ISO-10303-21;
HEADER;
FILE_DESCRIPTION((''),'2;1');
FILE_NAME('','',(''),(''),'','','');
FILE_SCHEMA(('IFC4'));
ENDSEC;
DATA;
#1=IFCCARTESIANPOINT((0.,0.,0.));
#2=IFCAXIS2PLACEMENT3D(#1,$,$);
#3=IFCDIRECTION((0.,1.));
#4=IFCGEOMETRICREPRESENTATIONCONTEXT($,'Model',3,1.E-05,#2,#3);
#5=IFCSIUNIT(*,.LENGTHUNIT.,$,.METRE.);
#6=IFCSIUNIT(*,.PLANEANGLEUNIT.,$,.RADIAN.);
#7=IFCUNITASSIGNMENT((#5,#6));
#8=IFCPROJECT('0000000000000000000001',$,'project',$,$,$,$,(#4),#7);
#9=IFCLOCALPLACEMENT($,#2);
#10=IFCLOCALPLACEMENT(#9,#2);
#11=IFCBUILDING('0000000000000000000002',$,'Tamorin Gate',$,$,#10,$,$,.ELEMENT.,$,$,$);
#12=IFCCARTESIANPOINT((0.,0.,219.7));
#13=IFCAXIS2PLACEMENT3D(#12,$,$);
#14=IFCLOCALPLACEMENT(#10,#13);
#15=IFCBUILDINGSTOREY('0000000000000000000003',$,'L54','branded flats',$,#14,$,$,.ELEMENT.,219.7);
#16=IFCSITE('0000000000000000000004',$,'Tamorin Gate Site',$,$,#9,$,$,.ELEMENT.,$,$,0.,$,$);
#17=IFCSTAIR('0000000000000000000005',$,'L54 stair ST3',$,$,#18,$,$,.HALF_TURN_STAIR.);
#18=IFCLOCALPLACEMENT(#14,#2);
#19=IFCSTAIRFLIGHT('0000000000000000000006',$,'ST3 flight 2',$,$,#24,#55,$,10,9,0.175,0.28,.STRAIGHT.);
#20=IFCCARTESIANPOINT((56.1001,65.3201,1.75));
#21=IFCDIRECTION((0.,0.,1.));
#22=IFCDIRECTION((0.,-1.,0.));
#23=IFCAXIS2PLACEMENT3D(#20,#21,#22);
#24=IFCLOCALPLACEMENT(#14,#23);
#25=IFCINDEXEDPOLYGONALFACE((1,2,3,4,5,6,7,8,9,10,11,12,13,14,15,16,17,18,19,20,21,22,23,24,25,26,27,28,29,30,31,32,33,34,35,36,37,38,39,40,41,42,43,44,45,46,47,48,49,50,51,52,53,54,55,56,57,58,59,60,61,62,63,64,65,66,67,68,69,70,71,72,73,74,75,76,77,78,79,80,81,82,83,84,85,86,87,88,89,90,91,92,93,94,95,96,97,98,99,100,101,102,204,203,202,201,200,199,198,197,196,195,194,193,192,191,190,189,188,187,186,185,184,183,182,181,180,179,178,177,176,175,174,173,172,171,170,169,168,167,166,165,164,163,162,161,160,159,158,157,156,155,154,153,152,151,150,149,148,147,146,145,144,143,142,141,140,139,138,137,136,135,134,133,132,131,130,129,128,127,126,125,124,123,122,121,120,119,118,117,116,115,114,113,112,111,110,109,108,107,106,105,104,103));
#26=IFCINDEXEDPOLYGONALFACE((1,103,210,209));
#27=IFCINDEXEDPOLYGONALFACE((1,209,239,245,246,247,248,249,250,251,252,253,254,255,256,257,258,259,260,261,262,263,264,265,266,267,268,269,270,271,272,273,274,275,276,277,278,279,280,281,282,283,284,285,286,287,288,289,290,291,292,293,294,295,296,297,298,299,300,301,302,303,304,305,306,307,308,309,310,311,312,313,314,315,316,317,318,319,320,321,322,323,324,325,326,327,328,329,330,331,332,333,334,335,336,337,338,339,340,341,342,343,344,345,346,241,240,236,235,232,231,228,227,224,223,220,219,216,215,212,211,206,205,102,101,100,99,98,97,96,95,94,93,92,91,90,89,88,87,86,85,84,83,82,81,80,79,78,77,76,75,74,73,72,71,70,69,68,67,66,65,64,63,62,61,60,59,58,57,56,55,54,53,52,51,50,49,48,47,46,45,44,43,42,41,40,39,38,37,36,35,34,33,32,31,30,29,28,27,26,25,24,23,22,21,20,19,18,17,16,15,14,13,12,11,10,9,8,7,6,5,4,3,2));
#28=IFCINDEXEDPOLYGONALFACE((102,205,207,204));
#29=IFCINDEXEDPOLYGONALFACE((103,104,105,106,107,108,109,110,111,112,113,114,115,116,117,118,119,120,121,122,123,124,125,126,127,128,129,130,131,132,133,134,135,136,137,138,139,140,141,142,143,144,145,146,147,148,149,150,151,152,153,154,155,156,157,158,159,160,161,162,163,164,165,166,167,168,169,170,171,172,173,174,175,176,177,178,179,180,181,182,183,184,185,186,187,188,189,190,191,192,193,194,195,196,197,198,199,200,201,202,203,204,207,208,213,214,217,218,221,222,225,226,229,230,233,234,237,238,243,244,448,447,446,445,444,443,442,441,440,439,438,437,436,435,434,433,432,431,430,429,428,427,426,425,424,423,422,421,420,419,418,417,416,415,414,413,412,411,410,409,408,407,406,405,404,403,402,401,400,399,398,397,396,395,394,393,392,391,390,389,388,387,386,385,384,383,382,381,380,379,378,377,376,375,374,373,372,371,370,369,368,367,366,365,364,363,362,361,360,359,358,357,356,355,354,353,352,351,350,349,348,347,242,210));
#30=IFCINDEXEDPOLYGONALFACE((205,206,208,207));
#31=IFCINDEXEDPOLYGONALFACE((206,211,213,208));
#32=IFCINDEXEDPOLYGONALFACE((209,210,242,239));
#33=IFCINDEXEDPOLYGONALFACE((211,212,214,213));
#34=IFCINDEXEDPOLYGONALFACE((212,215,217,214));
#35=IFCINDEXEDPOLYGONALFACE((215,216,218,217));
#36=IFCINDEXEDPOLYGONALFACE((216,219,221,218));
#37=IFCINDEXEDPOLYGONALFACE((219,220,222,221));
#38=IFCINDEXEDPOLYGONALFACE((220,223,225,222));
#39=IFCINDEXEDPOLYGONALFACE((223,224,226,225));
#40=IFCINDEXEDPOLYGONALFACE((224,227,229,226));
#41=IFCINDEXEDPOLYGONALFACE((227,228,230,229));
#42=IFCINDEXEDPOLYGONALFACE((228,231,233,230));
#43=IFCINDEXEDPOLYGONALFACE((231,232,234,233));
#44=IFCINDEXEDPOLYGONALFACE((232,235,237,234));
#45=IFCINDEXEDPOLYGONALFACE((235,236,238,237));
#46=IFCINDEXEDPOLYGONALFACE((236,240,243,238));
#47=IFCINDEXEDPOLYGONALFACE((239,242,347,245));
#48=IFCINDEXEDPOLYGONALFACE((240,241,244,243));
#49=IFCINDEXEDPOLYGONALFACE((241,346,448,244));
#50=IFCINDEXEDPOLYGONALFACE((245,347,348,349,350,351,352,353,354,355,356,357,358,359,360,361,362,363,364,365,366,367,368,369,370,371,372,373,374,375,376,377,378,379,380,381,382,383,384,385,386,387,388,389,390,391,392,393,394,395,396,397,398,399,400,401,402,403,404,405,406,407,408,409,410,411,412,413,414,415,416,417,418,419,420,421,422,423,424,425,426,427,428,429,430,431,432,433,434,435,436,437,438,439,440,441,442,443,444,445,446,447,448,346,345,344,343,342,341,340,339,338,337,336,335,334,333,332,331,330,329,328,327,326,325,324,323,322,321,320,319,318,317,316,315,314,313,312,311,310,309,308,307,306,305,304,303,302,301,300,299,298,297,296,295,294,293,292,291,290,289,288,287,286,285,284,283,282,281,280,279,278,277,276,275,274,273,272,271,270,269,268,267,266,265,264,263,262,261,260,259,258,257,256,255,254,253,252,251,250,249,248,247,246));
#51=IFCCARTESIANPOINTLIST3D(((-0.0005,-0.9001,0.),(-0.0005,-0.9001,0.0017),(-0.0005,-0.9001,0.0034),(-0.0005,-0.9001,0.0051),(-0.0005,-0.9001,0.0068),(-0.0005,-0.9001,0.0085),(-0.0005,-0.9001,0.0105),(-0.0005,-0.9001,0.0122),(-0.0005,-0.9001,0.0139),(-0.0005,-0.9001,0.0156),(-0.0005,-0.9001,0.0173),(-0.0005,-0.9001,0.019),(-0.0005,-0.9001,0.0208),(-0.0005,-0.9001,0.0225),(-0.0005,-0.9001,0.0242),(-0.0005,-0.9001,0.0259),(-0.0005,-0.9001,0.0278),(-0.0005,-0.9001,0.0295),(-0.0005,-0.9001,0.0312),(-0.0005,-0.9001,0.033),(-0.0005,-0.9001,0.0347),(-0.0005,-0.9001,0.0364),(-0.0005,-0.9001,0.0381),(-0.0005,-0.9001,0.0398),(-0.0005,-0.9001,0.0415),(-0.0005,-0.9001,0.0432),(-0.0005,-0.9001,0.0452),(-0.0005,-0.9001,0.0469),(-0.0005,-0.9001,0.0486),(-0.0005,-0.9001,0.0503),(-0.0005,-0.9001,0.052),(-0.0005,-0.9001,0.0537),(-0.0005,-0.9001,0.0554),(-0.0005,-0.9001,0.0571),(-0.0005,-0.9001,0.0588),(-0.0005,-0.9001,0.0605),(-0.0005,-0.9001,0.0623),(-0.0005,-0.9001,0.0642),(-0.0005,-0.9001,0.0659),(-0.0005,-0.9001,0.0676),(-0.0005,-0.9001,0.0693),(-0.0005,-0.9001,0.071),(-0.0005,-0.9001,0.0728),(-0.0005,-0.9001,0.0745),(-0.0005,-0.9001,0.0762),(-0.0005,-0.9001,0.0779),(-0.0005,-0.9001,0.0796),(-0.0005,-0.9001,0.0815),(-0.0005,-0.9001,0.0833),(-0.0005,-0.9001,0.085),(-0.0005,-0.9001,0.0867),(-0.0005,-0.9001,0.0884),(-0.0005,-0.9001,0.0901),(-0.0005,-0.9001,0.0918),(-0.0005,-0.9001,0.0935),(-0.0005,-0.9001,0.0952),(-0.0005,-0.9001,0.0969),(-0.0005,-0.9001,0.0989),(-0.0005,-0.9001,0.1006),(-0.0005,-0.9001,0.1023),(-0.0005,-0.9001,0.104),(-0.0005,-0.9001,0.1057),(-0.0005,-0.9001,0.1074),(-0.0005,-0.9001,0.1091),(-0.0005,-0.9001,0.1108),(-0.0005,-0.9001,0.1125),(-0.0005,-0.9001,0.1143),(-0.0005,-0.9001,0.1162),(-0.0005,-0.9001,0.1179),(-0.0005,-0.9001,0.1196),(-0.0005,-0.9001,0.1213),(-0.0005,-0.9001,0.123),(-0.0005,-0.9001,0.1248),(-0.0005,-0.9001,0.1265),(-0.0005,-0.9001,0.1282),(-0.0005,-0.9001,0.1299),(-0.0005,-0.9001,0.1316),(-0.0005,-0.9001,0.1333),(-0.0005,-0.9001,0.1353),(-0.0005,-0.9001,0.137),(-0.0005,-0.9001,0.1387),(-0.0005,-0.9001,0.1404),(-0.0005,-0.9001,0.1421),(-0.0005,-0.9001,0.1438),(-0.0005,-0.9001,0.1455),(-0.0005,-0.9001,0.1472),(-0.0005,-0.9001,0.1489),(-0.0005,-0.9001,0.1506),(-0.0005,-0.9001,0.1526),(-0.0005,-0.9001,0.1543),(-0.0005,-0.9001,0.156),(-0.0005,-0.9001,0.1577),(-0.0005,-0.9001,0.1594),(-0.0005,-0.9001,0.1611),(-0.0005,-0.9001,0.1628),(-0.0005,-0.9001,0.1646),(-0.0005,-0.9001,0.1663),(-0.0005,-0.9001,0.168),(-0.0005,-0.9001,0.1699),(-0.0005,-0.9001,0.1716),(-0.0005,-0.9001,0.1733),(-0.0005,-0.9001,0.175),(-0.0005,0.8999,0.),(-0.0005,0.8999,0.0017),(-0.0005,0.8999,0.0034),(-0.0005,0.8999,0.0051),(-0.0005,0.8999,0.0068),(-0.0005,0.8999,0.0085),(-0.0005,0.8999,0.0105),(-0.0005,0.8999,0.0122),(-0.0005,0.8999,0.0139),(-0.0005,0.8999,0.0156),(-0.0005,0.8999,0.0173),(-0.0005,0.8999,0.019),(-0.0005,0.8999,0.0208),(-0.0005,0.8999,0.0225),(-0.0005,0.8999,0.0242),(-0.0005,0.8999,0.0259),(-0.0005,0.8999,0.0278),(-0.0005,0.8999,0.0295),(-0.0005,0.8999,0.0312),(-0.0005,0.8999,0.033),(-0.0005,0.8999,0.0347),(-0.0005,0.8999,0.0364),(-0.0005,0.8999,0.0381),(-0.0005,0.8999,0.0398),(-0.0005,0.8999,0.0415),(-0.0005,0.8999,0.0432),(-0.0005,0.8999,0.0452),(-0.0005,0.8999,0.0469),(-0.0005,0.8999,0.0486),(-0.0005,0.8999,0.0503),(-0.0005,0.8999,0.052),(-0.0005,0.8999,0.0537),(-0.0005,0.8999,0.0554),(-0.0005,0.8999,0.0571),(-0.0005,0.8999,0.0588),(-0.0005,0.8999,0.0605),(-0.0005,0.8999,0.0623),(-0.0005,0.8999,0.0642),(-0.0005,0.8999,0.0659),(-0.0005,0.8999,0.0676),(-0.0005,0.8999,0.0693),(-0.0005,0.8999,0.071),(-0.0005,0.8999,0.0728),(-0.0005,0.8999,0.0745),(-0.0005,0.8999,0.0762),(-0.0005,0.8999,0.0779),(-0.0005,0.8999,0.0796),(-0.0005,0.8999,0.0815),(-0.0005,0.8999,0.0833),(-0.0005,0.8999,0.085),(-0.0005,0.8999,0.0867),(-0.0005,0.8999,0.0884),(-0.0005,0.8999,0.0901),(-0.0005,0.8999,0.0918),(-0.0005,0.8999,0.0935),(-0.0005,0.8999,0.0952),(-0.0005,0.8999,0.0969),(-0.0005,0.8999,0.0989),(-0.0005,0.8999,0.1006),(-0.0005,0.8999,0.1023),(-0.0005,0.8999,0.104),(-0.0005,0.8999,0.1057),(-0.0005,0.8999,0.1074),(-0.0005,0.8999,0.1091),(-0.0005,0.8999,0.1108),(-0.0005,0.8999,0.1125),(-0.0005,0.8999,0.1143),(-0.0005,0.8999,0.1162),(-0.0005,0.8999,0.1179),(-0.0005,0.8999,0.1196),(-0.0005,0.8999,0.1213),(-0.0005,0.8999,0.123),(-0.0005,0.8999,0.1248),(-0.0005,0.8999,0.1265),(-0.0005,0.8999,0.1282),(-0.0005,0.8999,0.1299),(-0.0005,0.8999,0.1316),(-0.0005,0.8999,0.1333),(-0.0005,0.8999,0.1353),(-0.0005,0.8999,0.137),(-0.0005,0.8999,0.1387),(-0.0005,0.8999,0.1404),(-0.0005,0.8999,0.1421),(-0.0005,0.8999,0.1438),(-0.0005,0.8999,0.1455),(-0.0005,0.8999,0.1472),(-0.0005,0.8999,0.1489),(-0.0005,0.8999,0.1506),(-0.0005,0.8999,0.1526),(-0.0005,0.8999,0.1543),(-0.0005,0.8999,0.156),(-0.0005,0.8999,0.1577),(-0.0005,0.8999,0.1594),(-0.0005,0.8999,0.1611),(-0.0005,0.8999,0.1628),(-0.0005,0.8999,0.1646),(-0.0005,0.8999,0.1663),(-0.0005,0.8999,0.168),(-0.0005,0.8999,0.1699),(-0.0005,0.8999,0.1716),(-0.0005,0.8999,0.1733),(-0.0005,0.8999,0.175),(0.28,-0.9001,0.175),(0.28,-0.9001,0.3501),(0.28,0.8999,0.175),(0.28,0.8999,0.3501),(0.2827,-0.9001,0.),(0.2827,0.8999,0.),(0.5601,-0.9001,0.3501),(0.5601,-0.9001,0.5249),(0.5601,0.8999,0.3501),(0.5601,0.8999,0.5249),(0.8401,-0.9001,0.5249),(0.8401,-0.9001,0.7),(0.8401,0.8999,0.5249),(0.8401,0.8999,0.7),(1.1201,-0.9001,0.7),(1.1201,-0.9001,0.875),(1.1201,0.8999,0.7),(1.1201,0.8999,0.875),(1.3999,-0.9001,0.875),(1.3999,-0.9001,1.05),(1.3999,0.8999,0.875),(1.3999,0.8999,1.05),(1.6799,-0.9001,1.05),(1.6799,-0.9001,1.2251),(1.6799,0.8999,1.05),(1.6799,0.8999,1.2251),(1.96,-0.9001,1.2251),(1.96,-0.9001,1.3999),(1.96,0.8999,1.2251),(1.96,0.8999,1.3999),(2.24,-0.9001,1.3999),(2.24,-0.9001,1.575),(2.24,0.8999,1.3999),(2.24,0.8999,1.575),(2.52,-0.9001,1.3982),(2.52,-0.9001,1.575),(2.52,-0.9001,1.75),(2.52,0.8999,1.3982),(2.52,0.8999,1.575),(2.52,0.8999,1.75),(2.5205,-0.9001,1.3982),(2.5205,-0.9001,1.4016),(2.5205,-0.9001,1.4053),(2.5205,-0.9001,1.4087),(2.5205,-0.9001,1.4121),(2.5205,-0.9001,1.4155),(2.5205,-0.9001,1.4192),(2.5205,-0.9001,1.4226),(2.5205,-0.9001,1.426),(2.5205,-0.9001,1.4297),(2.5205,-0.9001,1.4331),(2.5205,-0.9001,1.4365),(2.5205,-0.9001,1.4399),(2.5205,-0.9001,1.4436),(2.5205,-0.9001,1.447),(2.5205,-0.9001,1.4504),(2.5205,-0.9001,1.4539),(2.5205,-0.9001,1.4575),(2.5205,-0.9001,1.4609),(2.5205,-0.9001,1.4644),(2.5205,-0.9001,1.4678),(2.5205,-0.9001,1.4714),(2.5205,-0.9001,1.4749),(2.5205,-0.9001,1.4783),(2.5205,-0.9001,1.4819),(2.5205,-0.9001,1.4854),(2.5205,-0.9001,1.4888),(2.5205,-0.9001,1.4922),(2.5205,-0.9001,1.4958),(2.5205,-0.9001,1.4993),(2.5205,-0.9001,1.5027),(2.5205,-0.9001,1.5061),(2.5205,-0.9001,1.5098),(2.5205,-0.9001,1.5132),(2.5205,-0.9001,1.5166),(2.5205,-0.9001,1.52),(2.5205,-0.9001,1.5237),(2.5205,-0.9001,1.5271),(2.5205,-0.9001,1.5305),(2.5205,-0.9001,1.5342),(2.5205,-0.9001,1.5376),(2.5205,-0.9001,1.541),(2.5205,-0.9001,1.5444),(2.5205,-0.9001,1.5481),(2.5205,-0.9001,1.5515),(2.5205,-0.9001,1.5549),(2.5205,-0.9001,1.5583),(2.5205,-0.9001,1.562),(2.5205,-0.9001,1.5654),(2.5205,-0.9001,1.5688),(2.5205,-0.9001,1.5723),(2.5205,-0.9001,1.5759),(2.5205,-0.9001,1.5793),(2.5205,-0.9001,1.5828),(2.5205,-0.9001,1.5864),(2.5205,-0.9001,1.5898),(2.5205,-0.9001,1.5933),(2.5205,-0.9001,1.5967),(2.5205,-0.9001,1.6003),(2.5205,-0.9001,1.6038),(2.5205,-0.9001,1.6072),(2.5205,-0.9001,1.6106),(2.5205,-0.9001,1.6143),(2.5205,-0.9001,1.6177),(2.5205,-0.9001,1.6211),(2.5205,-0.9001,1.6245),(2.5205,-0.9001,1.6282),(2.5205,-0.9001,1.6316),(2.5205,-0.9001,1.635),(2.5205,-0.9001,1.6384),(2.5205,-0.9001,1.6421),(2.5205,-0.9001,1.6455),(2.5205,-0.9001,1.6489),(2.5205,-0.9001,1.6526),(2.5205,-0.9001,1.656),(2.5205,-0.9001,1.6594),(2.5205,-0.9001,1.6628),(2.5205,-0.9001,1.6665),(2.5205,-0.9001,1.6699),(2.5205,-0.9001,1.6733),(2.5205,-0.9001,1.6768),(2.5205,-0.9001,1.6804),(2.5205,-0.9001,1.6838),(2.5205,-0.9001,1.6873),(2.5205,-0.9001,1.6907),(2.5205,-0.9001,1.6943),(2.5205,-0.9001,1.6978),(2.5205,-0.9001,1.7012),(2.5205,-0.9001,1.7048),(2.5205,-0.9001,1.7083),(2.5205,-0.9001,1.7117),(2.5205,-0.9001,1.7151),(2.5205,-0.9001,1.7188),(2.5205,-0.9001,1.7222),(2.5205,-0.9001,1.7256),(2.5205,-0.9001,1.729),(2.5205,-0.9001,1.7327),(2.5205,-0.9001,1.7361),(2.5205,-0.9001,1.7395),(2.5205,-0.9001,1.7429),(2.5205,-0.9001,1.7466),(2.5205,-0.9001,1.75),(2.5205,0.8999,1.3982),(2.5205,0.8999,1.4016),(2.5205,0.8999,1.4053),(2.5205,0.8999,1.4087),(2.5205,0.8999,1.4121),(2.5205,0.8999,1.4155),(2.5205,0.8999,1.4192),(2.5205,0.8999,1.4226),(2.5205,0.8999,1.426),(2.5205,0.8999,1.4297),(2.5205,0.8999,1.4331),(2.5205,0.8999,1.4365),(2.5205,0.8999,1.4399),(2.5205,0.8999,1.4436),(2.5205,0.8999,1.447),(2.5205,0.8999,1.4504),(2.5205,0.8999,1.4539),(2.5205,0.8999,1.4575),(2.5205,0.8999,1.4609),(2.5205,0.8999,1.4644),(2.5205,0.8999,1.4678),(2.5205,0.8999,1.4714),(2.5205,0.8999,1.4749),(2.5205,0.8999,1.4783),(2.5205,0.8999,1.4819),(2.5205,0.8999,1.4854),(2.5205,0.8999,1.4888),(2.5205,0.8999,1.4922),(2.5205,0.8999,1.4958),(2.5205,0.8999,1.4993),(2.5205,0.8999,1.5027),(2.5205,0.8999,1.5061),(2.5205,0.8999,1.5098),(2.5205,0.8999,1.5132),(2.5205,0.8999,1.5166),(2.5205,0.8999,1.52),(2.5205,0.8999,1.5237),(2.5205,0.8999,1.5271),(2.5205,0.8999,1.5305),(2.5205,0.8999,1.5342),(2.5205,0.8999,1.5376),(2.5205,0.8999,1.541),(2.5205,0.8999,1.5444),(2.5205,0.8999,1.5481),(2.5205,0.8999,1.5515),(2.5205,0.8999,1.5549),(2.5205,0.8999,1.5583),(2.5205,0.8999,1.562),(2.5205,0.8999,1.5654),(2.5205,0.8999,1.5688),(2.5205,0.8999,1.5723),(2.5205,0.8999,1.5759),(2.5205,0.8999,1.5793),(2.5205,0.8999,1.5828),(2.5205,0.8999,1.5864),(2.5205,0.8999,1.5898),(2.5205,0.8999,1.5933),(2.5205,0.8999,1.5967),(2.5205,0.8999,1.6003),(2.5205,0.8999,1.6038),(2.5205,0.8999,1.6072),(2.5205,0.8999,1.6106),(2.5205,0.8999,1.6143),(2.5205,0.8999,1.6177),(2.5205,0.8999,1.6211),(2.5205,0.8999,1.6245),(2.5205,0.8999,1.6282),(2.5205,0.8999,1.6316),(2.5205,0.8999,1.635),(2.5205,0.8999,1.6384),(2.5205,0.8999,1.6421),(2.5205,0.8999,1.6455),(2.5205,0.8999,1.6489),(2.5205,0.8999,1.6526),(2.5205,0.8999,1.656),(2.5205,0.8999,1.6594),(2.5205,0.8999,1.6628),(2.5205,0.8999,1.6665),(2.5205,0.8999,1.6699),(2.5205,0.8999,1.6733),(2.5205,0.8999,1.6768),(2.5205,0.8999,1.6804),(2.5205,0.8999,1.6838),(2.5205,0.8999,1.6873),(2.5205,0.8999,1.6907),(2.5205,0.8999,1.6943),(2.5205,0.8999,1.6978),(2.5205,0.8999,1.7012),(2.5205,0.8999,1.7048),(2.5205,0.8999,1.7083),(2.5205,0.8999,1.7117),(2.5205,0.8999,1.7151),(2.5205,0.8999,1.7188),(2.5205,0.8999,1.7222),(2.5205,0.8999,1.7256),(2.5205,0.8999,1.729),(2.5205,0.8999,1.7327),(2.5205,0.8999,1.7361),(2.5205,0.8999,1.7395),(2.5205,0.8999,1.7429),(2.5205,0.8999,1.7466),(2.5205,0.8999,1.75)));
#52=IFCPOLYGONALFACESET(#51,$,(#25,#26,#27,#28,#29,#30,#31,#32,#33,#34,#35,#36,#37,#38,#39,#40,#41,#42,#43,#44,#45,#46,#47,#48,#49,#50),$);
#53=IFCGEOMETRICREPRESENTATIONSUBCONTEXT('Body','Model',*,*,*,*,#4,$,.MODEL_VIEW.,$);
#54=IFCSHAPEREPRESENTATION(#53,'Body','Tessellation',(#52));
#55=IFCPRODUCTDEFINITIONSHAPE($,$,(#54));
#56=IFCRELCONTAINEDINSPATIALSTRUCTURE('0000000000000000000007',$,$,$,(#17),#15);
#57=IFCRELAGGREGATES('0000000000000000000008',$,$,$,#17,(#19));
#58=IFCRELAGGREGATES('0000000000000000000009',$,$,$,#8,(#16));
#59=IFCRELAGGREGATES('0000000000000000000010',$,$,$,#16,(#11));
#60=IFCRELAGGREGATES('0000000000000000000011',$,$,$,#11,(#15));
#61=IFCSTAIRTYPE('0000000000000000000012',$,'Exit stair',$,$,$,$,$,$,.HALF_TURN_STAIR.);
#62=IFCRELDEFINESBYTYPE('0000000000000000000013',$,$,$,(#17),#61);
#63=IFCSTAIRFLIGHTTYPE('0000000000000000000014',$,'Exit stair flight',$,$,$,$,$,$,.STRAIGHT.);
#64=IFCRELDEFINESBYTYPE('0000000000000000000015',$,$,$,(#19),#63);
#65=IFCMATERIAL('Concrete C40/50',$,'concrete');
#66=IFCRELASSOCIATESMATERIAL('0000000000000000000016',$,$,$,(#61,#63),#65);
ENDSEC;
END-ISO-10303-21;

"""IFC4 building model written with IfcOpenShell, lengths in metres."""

from ifc_helpers import new_model, si_unit, direction, frame, origin, place, context, subcontext, project, spatial, polyline, outline, extrude, material, type_object, element, aggregate, save


model = new_model("IFC4")

# Units and contexts
model_context = context("Model", 3, precision=1e-05, world=origin(), true_north=direction((0.0, 1.0)))
body_context = subcontext(model_context, "Body", "Model", "MODEL_VIEW")
ifc_project = project(units=[si_unit("LENGTHUNIT", "METRE"), si_unit("PLANEANGLEUNIT", "RADIAN")], contexts=[model_context])

# Site, building, storey
site_placement = place(None, origin())
site = spatial("IfcSite", under=ifc_project, at=site_placement, Name="Tamorin Gate Site", CompositionType="ELEMENT", RefElevation=0.0)
building_placement = place(site_placement, origin())
building = spatial("IfcBuilding", under=site, at=building_placement, Name="Tamorin Gate", CompositionType="ELEMENT")
storey_placement = place(building_placement, frame((0.0, 0.0, 219.7)))
storey = spatial("IfcBuildingStorey", under=building, at=storey_placement, Name="L54", Description="branded flats", CompositionType="ELEMENT", Elevation=219.7)

# Shared definitions
ifc_material_1 = material(Name="Concrete C40/50", Category="concrete")

# Stair, stair flight
stair_type = type_object("IfcStairType", Name="Exit stair", PredefinedType="HALF_TURN_STAIR", material=ifc_material_1)
stair_placement = place(storey_placement, origin())
stair = element("IfcStair", 1, at=stair_placement, inside=storey, type_object=stair_type, Name="L54 stair ST3", PredefinedType="HALF_TURN_STAIR")
stair_flight_type = type_object("IfcStairFlightType", Name="Exit stair flight", PredefinedType="STRAIGHT", material=ifc_material_1)
stair_flight_1_placement = place(storey_placement, frame((56.1001, 65.3201, 1.75), z_axis=(0.0, 0.0, 1.0), x_axis=(0.0, -1.0, 0.0)))
stair_flight_1 = element("IfcStairFlight", 2, at=stair_flight_1_placement, type_object=stair_flight_type, Name="ST3 flight 2", NumberOfRisers=10, NumberOfTreads=9, PredefinedType="STRAIGHT", RiserHeight=0.175, TreadLength=0.28, context=body_context, shape_type="SweptSolid", body=[
    extrude(outline(polyline([(-0.0005, 0.0), (-0.0005, 0.0017), (-0.0005, 0.0034), (-0.0005, 0.0051), (-0.0005, 0.0068), (-0.0005, 0.0085), (-0.0005, 0.0105), (-0.0005, 0.0122), (-0.0005, 0.0139), (-0.0005, 0.0156), (-0.0005, 0.0173), (-0.0005, 0.019), (-0.0005, 0.0208), (-0.0005, 0.0225), (-0.0005, 0.0242), (-0.0005, 0.0259), (-0.0005, 0.0278), (-0.0005, 0.0295), (-0.0005, 0.0312), (-0.0005, 0.033), (-0.0005, 0.0347), (-0.0005, 0.0364), (-0.0005, 0.0381), (-0.0005, 0.0398), (-0.0005, 0.0415), (-0.0005, 0.0432), (-0.0005, 0.0452), (-0.0005, 0.0469), (-0.0005, 0.0486), (-0.0005, 0.0503), (-0.0005, 0.052), (-0.0005, 0.0537), (-0.0005, 0.0554), (-0.0005, 0.0571), (-0.0005, 0.0588), (-0.0005, 0.0605), (-0.0005, 0.0623), (-0.0005, 0.0642), (-0.0005, 0.0659), (-0.0005, 0.0676), (-0.0005, 0.0693), (-0.0005, 0.071), (-0.0005, 0.0728), (-0.0005, 0.0745), (-0.0005, 0.0762), (-0.0005, 0.0779), (-0.0005, 0.0796), (-0.0005, 0.0815), (-0.0005, 0.0833), (-0.0005, 0.085), (-0.0005, 0.0867), (-0.0005, 0.0884), (-0.0005, 0.0901), (-0.0005, 0.0918), (-0.0005, 0.0935), (-0.0005, 0.0952), (-0.0005, 0.0969), (-0.0005, 0.0989), (-0.0005, 0.1006), (-0.0005, 0.1023), (-0.0005, 0.104), (-0.0005, 0.1057), (-0.0005, 0.1074), (-0.0005, 0.1091), (-0.0005, 0.1108), (-0.0005, 0.1125), (-0.0005, 0.1143), (-0.0005, 0.1162), (-0.0005, 0.1179), (-0.0005, 0.1196), (-0.0005, 0.1213), (-0.0005, 0.123), (-0.0005, 0.1248), (-0.0005, 0.1265), (-0.0005, 0.1282), (-0.0005, 0.1299), (-0.0005, 0.1316), (-0.0005, 0.1333), (-0.0005, 0.1353), (-0.0005, 0.137), (-0.0005, 0.1387), (-0.0005, 0.1404), (-0.0005, 0.1421), (-0.0005, 0.1438), (-0.0005, 0.1455), (-0.0005, 0.1472), (-0.0005, 0.1489), (-0.0005, 0.1506), (-0.0005, 0.1526), (-0.0005, 0.1543), (-0.0005, 0.156), (-0.0005, 0.1577), (-0.0005, 0.1594), (-0.0005, 0.1611), (-0.0005, 0.1628), (-0.0005, 0.1646), (-0.0005, 0.1663), (-0.0005, 0.168), (-0.0005, 0.1699), (-0.0005, 0.1716), (-0.0005, 0.1733), (-0.0005, 0.175), (0.28, 0.175), (0.28, 0.3501), (0.5601, 0.3501), (0.5601, 0.5249), (0.8401, 0.5249), (0.8401, 0.7), (1.1201, 0.7), (1.1201, 0.875), (1.3999, 0.875), (1.3999, 1.05), (1.6799, 1.05), (1.6799, 1.2251), (1.96, 1.2251), (1.96, 1.3999), (2.24, 1.3999), (2.24, 1.575), (2.52, 1.575), (2.52, 1.75), (2.5205, 1.75), (2.5205, 1.7466), (2.5205, 1.7429), (2.5205, 1.7395), (2.5205, 1.7361), (2.5205, 1.7327), (2.5205, 1.729), (2.5205, 1.7256), (2.5205, 1.7222), (2.5205, 1.7188), (2.5205, 1.7151), (2.5205, 1.7117), (2.5205, 1.7083), (2.5205, 1.7048), (2.5205, 1.7012), (2.5205, 1.6978), (2.5205, 1.6943), (2.5205, 1.6907), (2.5205, 1.6873), (2.5205, 1.6838), (2.5205, 1.6804), (2.5205, 1.6768), (2.5205, 1.6733), (2.5205, 1.6699), (2.5205, 1.6665), (2.5205, 1.6628), (2.5205, 1.6594), (2.5205, 1.656), (2.5205, 1.6526), (2.5205, 1.6489), (2.5205, 1.6455), (2.5205, 1.6421), (2.5205, 1.6384), (2.5205, 1.635), (2.5205, 1.6316), (2.5205, 1.6282), (2.5205, 1.6245), (2.5205, 1.6211), (2.5205, 1.6177), (2.5205, 1.6143), (2.5205, 1.6106), (2.5205, 1.6072), (2.5205, 1.6038), (2.5205, 1.6003), (2.5205, 1.5967), (2.5205, 1.5933), (2.5205, 1.5898), (2.5205, 1.5864), (2.5205, 1.5828), (2.5205, 1.5793), (2.5205, 1.5759), (2.5205, 1.5723), (2.5205, 1.5688), (2.5205, 1.5654), (2.5205, 1.562), (2.5205, 1.5583), (2.5205, 1.5549), (2.5205, 1.5515), (2.5205, 1.5481), (2.5205, 1.5444), (2.5205, 1.541), (2.5205, 1.5376), (2.5205, 1.5342), (2.5205, 1.5305), (2.5205, 1.5271), (2.5205, 1.5237), (2.5205, 1.52), (2.5205, 1.5166), (2.5205, 1.5132), (2.5205, 1.5098), (2.5205, 1.5061), (2.5205, 1.5027), (2.5205, 1.4993), (2.5205, 1.4958), (2.5205, 1.4922), (2.5205, 1.4888), (2.5205, 1.4854), (2.5205, 1.4819), (2.5205, 1.4783), (2.5205, 1.4749), (2.5205, 1.4714), (2.5205, 1.4678), (2.5205, 1.4644), (2.5205, 1.4609), (2.5205, 1.4575), (2.5205, 1.4539), (2.5205, 1.4504), (2.5205, 1.447), (2.5205, 1.4436), (2.5205, 1.4399), (2.5205, 1.4365), (2.5205, 1.4331), (2.5205, 1.4297), (2.5205, 1.426), (2.5205, 1.4226), (2.5205, 1.4192), (2.5205, 1.4155), (2.5205, 1.4121), (2.5205, 1.4087), (2.5205, 1.4053), (2.5205, 1.4016), (2.5205, 1.3982), (2.52, 1.3982), (0.2827, 0.0), (-0.0005, 0.0)])), frame((0.0, 0.8999, 0.0), z_axis=(0.0, -1.0, 0.0), x_axis=(1.0, 0.0, 0.0)), (0.0, 0.0, 1.0), 1.8),
])
aggregate(stair, [stair_flight_1])

save(model, "model.ifc")
